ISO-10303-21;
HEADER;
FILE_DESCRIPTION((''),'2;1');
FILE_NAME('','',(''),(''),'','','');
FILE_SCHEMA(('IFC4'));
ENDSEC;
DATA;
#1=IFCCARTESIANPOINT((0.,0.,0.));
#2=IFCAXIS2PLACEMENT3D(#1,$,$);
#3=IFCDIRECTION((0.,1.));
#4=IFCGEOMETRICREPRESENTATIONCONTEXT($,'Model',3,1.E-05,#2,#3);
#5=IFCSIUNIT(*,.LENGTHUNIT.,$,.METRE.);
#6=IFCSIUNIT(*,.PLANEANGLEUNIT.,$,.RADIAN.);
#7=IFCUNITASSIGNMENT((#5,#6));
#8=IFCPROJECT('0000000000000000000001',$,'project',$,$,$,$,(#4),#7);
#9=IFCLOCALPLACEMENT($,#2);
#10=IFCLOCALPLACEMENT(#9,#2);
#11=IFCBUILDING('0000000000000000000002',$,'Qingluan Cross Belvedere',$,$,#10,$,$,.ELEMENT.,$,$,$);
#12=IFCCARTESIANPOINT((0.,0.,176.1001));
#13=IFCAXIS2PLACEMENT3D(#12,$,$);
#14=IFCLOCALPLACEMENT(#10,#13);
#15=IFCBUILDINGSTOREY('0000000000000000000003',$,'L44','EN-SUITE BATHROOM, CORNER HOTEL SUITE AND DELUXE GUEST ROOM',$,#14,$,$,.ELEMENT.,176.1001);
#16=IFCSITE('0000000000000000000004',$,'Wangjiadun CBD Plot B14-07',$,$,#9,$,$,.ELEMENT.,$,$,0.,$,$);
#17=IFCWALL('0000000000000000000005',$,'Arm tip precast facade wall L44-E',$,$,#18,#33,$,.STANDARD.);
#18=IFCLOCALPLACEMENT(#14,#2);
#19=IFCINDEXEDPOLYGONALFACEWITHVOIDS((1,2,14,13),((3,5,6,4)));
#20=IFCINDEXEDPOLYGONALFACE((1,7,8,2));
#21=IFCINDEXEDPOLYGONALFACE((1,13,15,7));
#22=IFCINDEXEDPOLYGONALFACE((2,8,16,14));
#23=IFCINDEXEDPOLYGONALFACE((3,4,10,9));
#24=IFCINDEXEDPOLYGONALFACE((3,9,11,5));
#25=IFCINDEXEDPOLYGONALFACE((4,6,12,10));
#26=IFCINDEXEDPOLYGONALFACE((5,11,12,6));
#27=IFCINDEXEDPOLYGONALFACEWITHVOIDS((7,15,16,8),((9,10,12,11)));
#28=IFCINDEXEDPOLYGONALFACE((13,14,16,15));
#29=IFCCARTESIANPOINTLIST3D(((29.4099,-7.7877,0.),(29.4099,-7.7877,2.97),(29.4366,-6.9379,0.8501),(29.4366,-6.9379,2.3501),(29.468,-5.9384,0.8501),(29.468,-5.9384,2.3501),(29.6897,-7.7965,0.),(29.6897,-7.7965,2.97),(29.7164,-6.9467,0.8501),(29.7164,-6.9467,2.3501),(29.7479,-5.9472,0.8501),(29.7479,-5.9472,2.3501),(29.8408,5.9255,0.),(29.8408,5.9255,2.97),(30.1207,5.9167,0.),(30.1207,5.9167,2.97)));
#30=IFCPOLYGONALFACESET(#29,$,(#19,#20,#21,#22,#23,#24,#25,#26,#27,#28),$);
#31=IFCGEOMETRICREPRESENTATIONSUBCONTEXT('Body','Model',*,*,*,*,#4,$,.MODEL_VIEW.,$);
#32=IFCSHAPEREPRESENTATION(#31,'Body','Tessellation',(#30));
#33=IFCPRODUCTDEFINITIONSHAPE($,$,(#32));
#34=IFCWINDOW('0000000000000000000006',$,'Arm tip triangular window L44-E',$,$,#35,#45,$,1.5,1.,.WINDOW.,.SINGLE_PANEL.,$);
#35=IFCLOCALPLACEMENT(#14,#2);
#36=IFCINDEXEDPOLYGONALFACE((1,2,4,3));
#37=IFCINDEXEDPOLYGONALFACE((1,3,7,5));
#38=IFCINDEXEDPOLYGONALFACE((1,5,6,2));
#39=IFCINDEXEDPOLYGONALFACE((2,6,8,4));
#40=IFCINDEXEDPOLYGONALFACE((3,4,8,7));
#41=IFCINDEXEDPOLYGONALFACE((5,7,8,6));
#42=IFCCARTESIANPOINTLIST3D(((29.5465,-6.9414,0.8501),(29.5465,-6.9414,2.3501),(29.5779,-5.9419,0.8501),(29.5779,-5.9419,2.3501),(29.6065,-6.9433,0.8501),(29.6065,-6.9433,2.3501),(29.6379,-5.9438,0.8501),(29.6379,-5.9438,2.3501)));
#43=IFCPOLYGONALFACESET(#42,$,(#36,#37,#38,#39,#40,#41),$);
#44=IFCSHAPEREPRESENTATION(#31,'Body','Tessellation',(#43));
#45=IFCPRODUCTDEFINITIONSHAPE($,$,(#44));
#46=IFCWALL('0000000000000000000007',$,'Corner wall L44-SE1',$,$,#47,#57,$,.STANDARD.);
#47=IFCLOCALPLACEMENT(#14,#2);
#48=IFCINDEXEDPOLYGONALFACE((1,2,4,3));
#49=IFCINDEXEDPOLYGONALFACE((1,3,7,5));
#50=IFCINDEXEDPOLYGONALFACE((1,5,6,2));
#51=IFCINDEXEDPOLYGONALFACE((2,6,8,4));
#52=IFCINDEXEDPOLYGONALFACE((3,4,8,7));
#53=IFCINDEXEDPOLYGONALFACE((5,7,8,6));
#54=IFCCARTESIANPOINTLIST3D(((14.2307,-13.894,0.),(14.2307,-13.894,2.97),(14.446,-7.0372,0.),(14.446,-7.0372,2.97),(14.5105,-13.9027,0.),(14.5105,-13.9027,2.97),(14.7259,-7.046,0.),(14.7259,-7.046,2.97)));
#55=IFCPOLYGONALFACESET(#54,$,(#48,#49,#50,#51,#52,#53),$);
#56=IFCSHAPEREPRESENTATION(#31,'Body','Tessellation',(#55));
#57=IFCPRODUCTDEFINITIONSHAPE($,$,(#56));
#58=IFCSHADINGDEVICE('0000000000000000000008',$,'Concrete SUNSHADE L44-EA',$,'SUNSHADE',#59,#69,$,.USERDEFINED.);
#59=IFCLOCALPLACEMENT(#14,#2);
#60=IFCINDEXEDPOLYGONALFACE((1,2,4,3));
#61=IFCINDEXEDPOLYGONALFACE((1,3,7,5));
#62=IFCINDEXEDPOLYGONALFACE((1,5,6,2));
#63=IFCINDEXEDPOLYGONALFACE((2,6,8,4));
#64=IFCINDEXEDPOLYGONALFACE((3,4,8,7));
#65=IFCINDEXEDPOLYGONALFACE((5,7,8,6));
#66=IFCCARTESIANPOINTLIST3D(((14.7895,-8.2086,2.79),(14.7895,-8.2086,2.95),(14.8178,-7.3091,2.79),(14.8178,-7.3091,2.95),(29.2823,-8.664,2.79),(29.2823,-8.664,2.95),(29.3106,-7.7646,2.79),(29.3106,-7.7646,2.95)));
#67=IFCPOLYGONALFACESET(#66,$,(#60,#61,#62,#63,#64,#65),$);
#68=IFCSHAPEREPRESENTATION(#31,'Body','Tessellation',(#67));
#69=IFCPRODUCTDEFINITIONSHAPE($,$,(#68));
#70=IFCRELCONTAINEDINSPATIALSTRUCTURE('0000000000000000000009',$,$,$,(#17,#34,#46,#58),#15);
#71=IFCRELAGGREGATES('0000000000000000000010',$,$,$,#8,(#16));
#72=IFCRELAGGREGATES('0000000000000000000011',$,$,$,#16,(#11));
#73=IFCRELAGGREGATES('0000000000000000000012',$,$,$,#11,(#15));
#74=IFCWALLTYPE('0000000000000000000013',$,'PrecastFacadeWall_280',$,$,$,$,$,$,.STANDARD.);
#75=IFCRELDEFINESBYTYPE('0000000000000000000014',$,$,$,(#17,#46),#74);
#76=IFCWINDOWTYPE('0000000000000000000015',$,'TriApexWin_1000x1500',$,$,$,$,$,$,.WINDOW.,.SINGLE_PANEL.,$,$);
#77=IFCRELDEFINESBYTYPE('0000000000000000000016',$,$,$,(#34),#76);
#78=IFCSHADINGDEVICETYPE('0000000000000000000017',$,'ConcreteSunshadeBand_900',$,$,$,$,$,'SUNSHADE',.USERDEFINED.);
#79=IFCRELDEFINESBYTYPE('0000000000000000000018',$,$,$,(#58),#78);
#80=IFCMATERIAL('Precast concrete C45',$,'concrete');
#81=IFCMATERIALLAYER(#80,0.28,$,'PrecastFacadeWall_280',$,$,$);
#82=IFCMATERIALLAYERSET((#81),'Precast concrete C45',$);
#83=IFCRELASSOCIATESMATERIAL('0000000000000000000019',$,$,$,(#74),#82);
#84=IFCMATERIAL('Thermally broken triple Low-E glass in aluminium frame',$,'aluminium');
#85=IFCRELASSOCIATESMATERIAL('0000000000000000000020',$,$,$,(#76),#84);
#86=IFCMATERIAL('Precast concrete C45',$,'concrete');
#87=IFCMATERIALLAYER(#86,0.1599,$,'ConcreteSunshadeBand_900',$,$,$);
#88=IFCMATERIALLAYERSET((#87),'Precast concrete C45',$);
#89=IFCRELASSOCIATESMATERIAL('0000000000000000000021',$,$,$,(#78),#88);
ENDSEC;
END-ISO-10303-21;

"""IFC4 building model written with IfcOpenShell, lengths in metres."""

from ifc_helpers import new_model, si_unit, direction, frame, frame_2d, origin, origin_2d, place, context, subcontext, project, spatial, rectangle, extrude, material, layer, layer_set, type_object, element, fill, save


model = new_model("IFC4")

# Units and contexts
model_context = context("Model", 3, precision=1e-05, world=origin(), true_north=direction((0.0, 1.0)))
body_context = subcontext(model_context, "Body", "Model", "MODEL_VIEW")
ifc_project = project(units=[si_unit("LENGTHUNIT", "METRE"), si_unit("PLANEANGLEUNIT", "RADIAN")], contexts=[model_context])

# Site, building, storey
site_placement = place(None, origin())
site = spatial("IfcSite", under=ifc_project, at=site_placement, Name="Wangjiadun CBD Plot B14-07", CompositionType="ELEMENT", RefElevation=0.0)
building_placement = place(site_placement, origin())
building = spatial("IfcBuilding", under=site, at=building_placement, Name="Qingluan Cross Belvedere", CompositionType="ELEMENT")
storey_placement = place(building_placement, frame((0.0, 0.0, 176.1001)))
storey = spatial("IfcBuildingStorey", under=building, at=storey_placement, Name="L44", Description="EN-SUITE BATHROOM, CORNER HOTEL SUITE AND DELUXE GUEST ROOM", CompositionType="ELEMENT", Elevation=176.1001)

# Shared definitions
ifc_material_1 = material(Name="Precast concrete C45", Category="concrete")
ifc_layer_1 = layer(ifc_material_1, 0.28, Name="PrecastFacadeWall_280")
ifc_layer_set_1 = layer_set([ifc_layer_1], Name="Precast concrete C45")
wall_type_1 = type_object("IfcWallType", Name="PrecastFacadeWall_280", PredefinedType="STANDARD", material=ifc_layer_set_1)

# Wall, opening, window
wall_1_placement = place(storey_placement, frame((29.5498, -7.792, 0.0), z_axis=(0.0, 0.0, 1.0), x_axis=(0.031408, 0.999507, 0.0)))
wall_1 = element("IfcWall", 1, at=wall_1_placement, inside=storey, type_object=wall_type_1, Name="Arm tip precast facade wall L44-E", PredefinedType="STANDARD", context=body_context, shape_type="SweptSolid", body=[
    extrude(rectangle(XDim=13.72, YDim=0.28, at=frame_2d((6.8599, 0.0))), origin(), (0.0, 0.0, 1.0), 2.97),
])
opening_1_placement = place(wall_1_placement, frame((0.8501, 0.0, 0.8501)))
opening_1 = element("IfcOpeningElement", 2, at=opening_1_placement, cuts=wall_1, PredefinedType="OPENING", context=body_context, shape_type="SweptSolid", body=[
    extrude(rectangle(XDim=1.0, YDim=1.5, at=frame_2d((0.5, 0.75))), frame((0.0, 0.1499, 0.0), z_axis=(0.0, -1.0, 0.0), x_axis=(1.0, 0.0, 0.0)), (0.0, 0.0, 1.0), 0.3),
])
ifc_material_2 = material(Name="Thermally broken triple Low-E glass in aluminium frame", Category="aluminium")
window_type_1 = type_object("IfcWindowType", Name="TriApexWin_1000x1500", PartitioningType="SINGLE_PANEL", PredefinedType="WINDOW", material=ifc_material_2)
window_1_placement = place(opening_1_placement, origin())
window_1 = element("IfcWindow", 3, at=window_1_placement, inside=storey, type_object=window_type_1, Name="Arm tip triangular window L44-E", OverallHeight=1.5, OverallWidth=1.0, PartitioningType="SINGLE_PANEL", PredefinedType="WINDOW", context=body_context, shape_type="SweptSolid", body=[
    extrude(rectangle(XDim=1.0, YDim=1.5, at=frame_2d((0.5, 0.75))), frame((0.0, 0.03, 0.0), z_axis=(0.0, -1.0, 0.0), x_axis=(1.0, 0.0, 0.0)), (0.0, 0.0, 1.0), 0.0601),
])
fill(opening_1, window_1)

# Wall
wall_2_placement = place(storey_placement, frame((14.5859, -7.0415, 0.0), z_axis=(0.0, 0.0, 1.0), x_axis=(-0.031389, -0.999507, 0.0)))
element("IfcWall", 4, at=wall_2_placement, inside=storey, type_object=wall_type_1, Name="Corner wall L44-SE1", PredefinedType="STANDARD", context=body_context, shape_type="SweptSolid", body=[
    extrude(rectangle(XDim=6.8601, YDim=0.28, at=frame_2d((3.4302, 0.0))), origin(), (0.0, 0.0, 1.0), 2.97),
])

# Shading device
ifc_material_3 = material(Name="Precast concrete C45", Category="concrete")
ifc_layer_2 = layer(ifc_material_3, 0.1599, Name="ConcreteSunshadeBand_900")
ifc_layer_set_2 = layer_set([ifc_layer_2], Name="Precast concrete C45")
shading_device_type = type_object("IfcShadingDeviceType", Name="ConcreteSunshadeBand_900", ElementType="SUNSHADE", PredefinedType="USERDEFINED", material=ifc_layer_set_2)
shading_device_placement = place(storey_placement, frame((22.05, -7.9866, 2.79), z_axis=(0.0, 0.0, 1.0), x_axis=(0.999507, -0.031408, 0.0)))
element("IfcShadingDevice", 5, at=shading_device_placement, inside=storey, type_object=shading_device_type, Name="Concrete SUNSHADE L44-EA", ObjectType="SUNSHADE", PredefinedType="USERDEFINED", context=body_context, shape_type="SweptSolid", body=[
    extrude(rectangle(XDim=14.5, YDim=0.8999, at=origin_2d()), origin(), (0.0, 0.0, 1.0), 0.1599),
])

save(model, "model.ifc")
